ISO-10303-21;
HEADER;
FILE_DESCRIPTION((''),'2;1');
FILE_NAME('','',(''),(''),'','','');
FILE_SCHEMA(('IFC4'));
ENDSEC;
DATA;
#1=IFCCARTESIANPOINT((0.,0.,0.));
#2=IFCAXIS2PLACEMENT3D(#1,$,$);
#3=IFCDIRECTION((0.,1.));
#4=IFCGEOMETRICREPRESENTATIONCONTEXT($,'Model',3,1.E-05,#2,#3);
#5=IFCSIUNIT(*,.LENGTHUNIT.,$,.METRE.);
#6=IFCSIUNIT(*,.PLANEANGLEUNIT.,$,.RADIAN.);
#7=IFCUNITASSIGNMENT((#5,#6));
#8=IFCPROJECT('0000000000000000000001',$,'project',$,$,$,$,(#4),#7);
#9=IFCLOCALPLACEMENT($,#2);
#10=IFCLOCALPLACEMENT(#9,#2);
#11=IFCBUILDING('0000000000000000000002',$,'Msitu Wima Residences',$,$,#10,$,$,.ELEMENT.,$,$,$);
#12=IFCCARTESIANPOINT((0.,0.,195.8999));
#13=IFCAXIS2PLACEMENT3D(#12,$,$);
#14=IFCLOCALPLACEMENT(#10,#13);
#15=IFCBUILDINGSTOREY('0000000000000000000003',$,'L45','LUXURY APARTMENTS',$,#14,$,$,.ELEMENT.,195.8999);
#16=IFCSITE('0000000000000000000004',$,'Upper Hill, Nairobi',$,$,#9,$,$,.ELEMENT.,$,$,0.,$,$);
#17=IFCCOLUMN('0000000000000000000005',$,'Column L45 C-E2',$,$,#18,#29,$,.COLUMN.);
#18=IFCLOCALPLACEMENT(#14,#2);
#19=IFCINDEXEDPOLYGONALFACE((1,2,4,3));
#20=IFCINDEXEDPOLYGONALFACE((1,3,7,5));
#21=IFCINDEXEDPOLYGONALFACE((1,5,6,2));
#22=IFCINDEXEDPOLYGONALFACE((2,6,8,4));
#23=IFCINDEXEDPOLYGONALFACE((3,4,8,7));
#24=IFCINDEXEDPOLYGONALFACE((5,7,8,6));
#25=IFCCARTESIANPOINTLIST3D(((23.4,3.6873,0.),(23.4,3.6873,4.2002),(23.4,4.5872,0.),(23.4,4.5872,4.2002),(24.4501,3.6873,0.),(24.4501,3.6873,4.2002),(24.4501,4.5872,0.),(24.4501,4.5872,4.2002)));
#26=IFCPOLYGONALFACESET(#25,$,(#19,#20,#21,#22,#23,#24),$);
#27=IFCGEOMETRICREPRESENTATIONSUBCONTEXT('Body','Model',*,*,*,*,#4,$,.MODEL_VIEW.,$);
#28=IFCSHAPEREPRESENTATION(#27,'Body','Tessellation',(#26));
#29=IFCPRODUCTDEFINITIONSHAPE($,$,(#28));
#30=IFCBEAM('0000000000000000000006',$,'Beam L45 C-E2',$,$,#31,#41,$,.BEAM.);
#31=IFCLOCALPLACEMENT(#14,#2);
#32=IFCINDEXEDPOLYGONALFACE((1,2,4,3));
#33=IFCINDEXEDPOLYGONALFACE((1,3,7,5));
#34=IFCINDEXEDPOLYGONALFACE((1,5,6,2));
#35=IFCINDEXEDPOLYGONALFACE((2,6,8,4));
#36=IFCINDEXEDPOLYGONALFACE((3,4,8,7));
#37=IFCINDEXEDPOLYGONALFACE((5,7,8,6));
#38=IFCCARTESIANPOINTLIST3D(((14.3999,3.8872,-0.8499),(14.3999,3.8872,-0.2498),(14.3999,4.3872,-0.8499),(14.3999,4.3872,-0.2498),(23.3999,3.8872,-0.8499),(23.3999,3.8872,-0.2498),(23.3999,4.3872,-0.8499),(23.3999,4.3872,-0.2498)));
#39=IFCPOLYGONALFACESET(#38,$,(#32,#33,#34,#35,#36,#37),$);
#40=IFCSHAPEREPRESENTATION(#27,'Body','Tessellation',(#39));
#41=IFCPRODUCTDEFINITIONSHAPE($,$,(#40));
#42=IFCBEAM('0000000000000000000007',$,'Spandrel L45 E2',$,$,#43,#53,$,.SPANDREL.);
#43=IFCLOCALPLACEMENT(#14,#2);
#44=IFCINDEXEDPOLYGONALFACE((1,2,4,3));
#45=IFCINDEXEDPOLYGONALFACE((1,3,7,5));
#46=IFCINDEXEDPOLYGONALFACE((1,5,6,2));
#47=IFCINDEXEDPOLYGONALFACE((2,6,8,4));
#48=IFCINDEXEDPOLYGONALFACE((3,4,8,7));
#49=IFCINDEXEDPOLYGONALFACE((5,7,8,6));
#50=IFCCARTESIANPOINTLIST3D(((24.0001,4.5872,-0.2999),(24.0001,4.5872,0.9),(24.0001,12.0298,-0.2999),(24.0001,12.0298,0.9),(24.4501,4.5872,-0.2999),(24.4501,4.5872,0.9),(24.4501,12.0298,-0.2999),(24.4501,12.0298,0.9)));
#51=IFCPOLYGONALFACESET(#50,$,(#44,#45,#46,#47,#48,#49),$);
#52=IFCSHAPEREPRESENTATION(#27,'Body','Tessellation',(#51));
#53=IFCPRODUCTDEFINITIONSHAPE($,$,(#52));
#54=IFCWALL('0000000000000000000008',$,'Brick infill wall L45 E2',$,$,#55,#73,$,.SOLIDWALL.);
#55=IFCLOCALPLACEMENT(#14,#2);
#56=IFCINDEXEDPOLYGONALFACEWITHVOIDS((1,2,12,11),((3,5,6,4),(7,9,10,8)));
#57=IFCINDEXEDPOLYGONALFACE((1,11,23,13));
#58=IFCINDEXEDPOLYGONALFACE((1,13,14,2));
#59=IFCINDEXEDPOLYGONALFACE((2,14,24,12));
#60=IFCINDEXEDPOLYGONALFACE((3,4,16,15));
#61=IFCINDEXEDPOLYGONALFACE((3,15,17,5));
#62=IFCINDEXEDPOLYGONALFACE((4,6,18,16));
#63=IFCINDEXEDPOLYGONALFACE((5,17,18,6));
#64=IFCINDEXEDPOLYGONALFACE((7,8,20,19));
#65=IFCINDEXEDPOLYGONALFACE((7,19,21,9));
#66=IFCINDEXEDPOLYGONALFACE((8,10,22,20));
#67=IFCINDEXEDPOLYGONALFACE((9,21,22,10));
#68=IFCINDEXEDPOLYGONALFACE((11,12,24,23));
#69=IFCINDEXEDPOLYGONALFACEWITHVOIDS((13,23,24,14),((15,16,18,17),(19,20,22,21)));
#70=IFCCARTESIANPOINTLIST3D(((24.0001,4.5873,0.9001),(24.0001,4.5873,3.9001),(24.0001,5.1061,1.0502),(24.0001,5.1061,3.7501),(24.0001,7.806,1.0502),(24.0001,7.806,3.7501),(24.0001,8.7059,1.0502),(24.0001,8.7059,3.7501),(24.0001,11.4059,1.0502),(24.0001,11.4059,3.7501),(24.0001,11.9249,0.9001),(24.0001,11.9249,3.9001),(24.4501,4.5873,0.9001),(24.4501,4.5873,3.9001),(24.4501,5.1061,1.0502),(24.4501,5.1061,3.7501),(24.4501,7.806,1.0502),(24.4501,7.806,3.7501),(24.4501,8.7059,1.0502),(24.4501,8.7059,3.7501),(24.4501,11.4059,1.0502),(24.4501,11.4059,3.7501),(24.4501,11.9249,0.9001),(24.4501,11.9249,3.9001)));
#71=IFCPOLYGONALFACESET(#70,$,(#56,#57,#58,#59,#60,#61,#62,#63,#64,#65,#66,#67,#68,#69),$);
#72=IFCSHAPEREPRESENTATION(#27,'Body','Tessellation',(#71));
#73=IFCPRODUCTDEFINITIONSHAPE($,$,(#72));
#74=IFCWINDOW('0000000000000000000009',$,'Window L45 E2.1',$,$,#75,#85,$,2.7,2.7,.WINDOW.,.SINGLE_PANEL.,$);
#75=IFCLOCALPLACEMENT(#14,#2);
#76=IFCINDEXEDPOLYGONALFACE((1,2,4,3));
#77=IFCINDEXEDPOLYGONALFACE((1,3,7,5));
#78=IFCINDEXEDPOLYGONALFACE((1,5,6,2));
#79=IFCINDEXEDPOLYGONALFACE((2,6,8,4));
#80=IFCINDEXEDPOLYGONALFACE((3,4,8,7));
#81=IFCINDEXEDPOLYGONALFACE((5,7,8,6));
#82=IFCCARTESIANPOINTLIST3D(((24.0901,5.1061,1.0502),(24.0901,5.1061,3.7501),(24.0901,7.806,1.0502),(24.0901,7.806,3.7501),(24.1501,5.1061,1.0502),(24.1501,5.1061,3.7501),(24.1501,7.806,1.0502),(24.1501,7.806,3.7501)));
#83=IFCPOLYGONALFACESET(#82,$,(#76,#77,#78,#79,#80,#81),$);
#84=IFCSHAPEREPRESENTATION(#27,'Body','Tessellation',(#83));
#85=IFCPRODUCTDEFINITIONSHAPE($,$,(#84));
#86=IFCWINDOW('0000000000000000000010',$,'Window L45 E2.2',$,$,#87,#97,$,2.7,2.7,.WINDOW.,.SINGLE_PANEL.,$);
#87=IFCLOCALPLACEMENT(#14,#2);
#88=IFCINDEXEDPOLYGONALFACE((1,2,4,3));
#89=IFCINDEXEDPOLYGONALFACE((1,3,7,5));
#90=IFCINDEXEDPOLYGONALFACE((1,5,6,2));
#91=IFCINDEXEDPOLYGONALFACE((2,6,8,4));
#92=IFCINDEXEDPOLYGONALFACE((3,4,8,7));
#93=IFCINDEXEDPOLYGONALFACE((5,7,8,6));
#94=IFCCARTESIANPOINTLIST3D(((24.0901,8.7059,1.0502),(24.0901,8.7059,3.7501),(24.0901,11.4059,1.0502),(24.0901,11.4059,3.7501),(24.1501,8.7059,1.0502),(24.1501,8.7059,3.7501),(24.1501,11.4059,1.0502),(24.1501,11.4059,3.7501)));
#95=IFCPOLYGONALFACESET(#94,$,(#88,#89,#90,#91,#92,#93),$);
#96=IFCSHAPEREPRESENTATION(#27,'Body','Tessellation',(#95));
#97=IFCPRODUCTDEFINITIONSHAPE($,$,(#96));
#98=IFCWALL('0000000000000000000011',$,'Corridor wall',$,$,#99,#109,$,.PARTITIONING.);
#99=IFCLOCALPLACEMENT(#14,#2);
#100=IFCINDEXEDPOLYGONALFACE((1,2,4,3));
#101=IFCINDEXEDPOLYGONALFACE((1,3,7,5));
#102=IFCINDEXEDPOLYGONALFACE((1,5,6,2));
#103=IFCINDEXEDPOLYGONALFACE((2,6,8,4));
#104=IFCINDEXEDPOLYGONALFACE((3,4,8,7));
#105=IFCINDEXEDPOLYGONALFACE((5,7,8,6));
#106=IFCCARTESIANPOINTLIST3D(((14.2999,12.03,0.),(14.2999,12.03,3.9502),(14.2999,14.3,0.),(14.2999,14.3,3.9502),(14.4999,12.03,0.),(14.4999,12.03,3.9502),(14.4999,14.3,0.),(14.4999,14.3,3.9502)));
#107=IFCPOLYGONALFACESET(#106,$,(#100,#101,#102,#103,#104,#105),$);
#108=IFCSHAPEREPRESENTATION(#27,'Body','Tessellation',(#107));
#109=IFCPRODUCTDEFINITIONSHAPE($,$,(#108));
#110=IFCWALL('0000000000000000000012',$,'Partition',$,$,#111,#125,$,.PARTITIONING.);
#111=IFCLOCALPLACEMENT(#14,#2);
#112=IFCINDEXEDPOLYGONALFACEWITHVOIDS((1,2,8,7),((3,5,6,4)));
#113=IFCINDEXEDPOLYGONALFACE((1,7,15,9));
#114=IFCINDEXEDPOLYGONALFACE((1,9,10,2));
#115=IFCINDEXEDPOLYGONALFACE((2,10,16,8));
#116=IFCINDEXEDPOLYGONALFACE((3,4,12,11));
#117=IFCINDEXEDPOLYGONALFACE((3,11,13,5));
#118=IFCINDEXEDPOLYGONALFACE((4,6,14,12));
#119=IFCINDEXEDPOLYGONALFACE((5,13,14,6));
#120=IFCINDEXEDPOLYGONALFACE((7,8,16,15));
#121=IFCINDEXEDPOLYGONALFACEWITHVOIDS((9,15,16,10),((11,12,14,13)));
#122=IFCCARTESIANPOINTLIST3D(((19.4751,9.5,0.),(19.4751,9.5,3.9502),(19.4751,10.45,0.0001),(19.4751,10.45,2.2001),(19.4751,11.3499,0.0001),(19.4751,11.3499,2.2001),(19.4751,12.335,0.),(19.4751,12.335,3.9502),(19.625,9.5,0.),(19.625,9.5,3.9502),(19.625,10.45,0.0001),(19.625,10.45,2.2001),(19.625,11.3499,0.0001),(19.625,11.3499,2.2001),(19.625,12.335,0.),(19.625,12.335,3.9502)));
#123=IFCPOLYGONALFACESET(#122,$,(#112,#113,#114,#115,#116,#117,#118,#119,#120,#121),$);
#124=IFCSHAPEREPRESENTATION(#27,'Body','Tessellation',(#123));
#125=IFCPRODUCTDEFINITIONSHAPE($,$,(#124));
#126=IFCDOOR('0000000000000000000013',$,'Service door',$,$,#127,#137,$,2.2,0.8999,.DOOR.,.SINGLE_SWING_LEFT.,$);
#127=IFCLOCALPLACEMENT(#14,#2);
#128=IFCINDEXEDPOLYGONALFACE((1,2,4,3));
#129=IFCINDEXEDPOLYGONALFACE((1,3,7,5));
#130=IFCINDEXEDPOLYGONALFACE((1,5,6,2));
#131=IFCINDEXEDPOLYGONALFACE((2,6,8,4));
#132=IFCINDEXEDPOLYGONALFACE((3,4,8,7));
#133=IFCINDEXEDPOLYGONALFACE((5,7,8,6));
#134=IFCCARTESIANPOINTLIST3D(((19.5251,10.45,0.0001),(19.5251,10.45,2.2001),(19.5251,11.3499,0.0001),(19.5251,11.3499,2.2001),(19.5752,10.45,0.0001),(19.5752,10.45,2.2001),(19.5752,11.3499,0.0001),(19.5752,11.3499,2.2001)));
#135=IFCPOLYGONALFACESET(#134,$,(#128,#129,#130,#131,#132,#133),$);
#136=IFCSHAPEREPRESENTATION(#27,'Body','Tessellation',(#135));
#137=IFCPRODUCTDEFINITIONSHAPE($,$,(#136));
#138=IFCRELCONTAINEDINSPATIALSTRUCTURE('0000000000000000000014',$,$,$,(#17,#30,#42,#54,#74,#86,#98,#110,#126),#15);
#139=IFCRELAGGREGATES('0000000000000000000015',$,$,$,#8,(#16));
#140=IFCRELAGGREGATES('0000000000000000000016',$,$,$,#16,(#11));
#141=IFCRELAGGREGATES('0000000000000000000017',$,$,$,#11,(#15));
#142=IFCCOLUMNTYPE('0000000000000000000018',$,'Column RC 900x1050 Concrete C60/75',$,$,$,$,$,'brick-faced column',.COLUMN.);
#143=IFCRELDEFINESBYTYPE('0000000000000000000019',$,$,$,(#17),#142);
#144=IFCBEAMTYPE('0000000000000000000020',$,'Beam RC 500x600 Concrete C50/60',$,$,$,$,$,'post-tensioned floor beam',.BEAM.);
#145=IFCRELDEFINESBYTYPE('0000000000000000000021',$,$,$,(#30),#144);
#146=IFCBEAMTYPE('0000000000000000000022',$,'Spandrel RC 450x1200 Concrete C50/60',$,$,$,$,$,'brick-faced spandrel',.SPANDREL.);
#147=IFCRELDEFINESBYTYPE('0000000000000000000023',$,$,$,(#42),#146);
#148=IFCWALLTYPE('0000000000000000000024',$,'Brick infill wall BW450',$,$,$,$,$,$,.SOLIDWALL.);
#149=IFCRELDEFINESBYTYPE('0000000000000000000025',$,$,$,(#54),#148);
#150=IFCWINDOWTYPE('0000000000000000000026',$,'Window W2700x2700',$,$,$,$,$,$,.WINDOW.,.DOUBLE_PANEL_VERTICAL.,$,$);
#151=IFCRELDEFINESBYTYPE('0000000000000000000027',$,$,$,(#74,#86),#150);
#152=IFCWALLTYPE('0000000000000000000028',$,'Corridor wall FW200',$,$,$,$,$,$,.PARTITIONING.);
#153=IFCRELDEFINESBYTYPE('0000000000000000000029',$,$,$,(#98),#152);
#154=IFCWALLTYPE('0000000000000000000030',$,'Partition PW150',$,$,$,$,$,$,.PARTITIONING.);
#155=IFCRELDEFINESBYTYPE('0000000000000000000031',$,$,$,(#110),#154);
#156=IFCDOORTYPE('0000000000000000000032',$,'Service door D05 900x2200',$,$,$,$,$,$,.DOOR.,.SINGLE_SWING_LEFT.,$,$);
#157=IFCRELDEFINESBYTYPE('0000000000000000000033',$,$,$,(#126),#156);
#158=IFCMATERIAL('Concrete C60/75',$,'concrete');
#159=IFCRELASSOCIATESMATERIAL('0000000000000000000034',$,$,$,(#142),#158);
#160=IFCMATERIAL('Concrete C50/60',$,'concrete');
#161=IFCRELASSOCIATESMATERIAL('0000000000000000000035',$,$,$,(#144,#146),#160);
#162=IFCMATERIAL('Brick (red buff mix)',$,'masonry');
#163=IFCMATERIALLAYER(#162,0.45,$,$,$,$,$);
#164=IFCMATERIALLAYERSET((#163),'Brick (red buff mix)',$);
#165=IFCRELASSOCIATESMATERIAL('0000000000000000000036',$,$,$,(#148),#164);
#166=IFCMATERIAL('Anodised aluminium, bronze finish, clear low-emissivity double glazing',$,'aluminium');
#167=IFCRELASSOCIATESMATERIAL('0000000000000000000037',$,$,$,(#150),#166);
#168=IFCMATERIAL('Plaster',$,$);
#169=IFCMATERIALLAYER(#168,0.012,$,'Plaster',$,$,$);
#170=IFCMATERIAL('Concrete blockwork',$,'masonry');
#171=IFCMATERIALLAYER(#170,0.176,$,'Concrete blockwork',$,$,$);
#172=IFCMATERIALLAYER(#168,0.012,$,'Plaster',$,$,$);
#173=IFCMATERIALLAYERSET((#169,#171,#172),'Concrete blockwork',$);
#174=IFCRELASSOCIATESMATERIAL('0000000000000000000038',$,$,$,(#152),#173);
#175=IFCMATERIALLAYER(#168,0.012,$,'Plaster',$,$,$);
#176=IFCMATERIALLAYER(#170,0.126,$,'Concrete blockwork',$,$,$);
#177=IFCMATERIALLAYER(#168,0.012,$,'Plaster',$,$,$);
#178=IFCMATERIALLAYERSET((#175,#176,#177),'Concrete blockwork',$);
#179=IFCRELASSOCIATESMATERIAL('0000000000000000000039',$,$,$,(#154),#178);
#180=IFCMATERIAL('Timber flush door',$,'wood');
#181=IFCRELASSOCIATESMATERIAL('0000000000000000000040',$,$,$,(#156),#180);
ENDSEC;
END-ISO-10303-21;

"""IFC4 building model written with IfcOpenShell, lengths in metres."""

from ifc_helpers import new_model, si_unit, direction, frame, frame_2d, origin, origin_2d, place, context, subcontext, project, spatial, rectangle, extrude, material, layer, layer_set, material_profile, profile_set, type_object, element, fill, save


model = new_model("IFC4")

# Units and contexts
model_context = context("Model", 3, precision=1e-05, world=origin(), true_north=direction((0.0, 1.0)))
body_context = subcontext(model_context, "Body", "Model", "MODEL_VIEW")
ifc_project = project(units=[si_unit("LENGTHUNIT", "METRE"), si_unit("PLANEANGLEUNIT", "RADIAN")], contexts=[model_context])

# Site, building, storey
site_placement = place(None, origin())
site = spatial("IfcSite", under=ifc_project, at=site_placement, Name="Upper Hill, Nairobi", CompositionType="ELEMENT", RefElevation=0.0)
building_placement = place(site_placement, origin())
building = spatial("IfcBuilding", under=site, at=building_placement, Name="Msitu Wima Residences", CompositionType="ELEMENT")
storey_placement = place(building_placement, frame((0.0, 0.0, 195.8999)))
storey = spatial("IfcBuildingStorey", under=building, at=storey_placement, Name="L45", Description="LUXURY APARTMENTS", CompositionType="ELEMENT", Elevation=195.8999)

# Column
ifc_material_1 = material(Name="Concrete C60/75", Category="concrete")
ifc_material_profile_1 = material_profile(ifc_material_1, rectangle(XDim=0.8999, YDim=1.05, at=origin_2d()), Name="RC 900x1050")
ifc_profile_set_1 = profile_set([ifc_material_profile_1], Name="Concrete C60/75")
column_type = type_object("IfcColumnType", Name="Column RC 900x1050 Concrete C60/75", ElementType="brick-faced column", PredefinedType="COLUMN", material=ifc_profile_set_1)
column_placement = place(storey_placement, frame((23.925, 4.1372, 0.0), z_axis=(0.0, 0.0, 1.0), x_axis=(0.0, 1.0, 0.0)))
element("IfcColumn", 1, at=column_placement, inside=storey, type_object=column_type, Name="Column L45 C-E2", PredefinedType="COLUMN", context=body_context, shape_type="SweptSolid", body=[
    extrude(rectangle(XDim=0.8999, YDim=1.05, at=origin_2d()), origin(), (0.0, 0.0, 1.0), 4.2002),
])

# Beams
ifc_material_2 = material(Name="Concrete C50/60", Category="concrete")
ifc_material_profile_2 = material_profile(ifc_material_2, rectangle(XDim=0.5, YDim=0.6001, at=origin_2d()), Name="RC 500x600")
ifc_profile_set_2 = profile_set([ifc_material_profile_2], Name="Concrete C50/60")
beam_type_1 = type_object("IfcBeamType", Name="Beam RC 500x600 Concrete C50/60", ElementType="post-tensioned floor beam", PredefinedType="BEAM", material=ifc_profile_set_2)
beam_1_placement = place(storey_placement, frame((23.3999, 4.1372, -0.5498), z_axis=(-1.0, 0.0, 0.0), x_axis=(0.0, -1.0, 0.0)))
element("IfcBeam", 2, at=beam_1_placement, inside=storey, type_object=beam_type_1, Name="Beam L45 C-E2", PredefinedType="BEAM", context=body_context, shape_type="SweptSolid", body=[
    extrude(rectangle(XDim=0.5, YDim=0.6001, at=origin_2d()), origin(), (0.0, 0.0, 1.0), 9.0),
])
ifc_material_profile_3 = material_profile(ifc_material_2, rectangle(XDim=0.45, YDim=1.2, at=origin_2d()), Name="RC 450x1200")
ifc_profile_set_3 = profile_set([ifc_material_profile_3], Name="Concrete C50/60")
beam_type_2 = type_object("IfcBeamType", Name="Spandrel RC 450x1200 Concrete C50/60", ElementType="brick-faced spandrel", PredefinedType="SPANDREL", material=ifc_profile_set_3)
beam_2_placement = place(storey_placement, frame((24.2251, 4.5872, 0.3), z_axis=(0.0, 1.0, 0.0), x_axis=(-1.0, 0.0, 0.0)))
element("IfcBeam", 3, at=beam_2_placement, inside=storey, type_object=beam_type_2, Name="Spandrel L45 E2", PredefinedType="SPANDREL", context=body_context, shape_type="SweptSolid", body=[
    extrude(rectangle(XDim=0.45, YDim=1.2, at=origin_2d()), origin(), (0.0, 0.0, 1.0), 7.4426),
])

# Wall, openings, windows
ifc_material_3 = material(Name="Brick (red buff mix)", Category="masonry")
ifc_layer_1 = layer(ifc_material_3, 0.45)
ifc_layer_set_1 = layer_set([ifc_layer_1], Name="Brick (red buff mix)")
wall_type_1 = type_object("IfcWallType", Name="Brick infill wall BW450", PredefinedType="SOLIDWALL", material=ifc_layer_set_1)
wall_1_placement = place(storey_placement, frame((24.2251, 4.5872, 0.9001), z_axis=(0.0, 0.0, 1.0), x_axis=(0.0, 1.0, 0.0)))
wall_1 = element("IfcWall", 4, at=wall_1_placement, inside=storey, type_object=wall_type_1, Name="Brick infill wall L45 E2", PredefinedType="SOLIDWALL", context=body_context, shape_type="SweptSolid", body=[
    extrude(rectangle(XDim=7.3376, YDim=0.45, at=frame_2d((3.6689, 0.0))), origin(), (0.0, 0.0, 1.0), 3.0),
])
opening_1_placement = place(wall_1_placement, frame((0.5188, 0.0, 0.1499)))
opening_1 = element("IfcOpeningElement", 5, at=opening_1_placement, cuts=wall_1, PredefinedType="OPENING", context=body_context, shape_type="SweptSolid", body=[
    extrude(rectangle(XDim=2.7, YDim=2.7, at=frame_2d((1.3501, 1.3501))), frame((0.0, 0.2349, 0.0), z_axis=(0.0, -1.0, 0.0), x_axis=(1.0, 0.0, 0.0)), (0.0, 0.0, 1.0), 0.47),
])
opening_2_placement = place(wall_1_placement, frame((4.1187, 0.0, 0.1499)))
opening_2 = element("IfcOpeningElement", 6, at=opening_2_placement, cuts=wall_1, PredefinedType="OPENING", context=body_context, shape_type="SweptSolid", body=[
    extrude(rectangle(XDim=2.7, YDim=2.7, at=frame_2d((1.3501, 1.3501))), frame((0.0, 0.2349, 0.0), z_axis=(0.0, -1.0, 0.0), x_axis=(1.0, 0.0, 0.0)), (0.0, 0.0, 1.0), 0.47),
])
ifc_material_4 = material(Name="Anodised aluminium, bronze finish, clear low-emissivity double glazing", Category="aluminium")
window_type = type_object("IfcWindowType", Name="Window W2700x2700", PartitioningType="DOUBLE_PANEL_VERTICAL", PredefinedType="WINDOW", material=ifc_material_4)
window_1_placement = place(opening_1_placement, origin())
window_1 = element("IfcWindow", 7, at=window_1_placement, inside=storey, type_object=window_type, Name="Window L45 E2.1", OverallHeight=2.7, OverallWidth=2.7, PartitioningType="SINGLE_PANEL", PredefinedType="WINDOW", context=body_context, shape_type="SweptSolid", body=[
    extrude(rectangle(XDim=2.7, YDim=2.7, at=frame_2d((1.3501, 1.3501))), frame((0.0, 0.135, 0.0), z_axis=(0.0, -1.0, 0.0), x_axis=(1.0, 0.0, 0.0)), (0.0, 0.0, 1.0), 0.0601),
])
fill(opening_1, window_1)
window_2_placement = place(opening_2_placement, origin())
window_2 = element("IfcWindow", 8, at=window_2_placement, inside=storey, type_object=window_type, Name="Window L45 E2.2", OverallHeight=2.7, OverallWidth=2.7, PartitioningType="SINGLE_PANEL", PredefinedType="WINDOW", context=body_context, shape_type="SweptSolid", body=[
    extrude(rectangle(XDim=2.7, YDim=2.7, at=frame_2d((1.3501, 1.3501))), frame((0.0, 0.135, 0.0), z_axis=(0.0, -1.0, 0.0), x_axis=(1.0, 0.0, 0.0)), (0.0, 0.0, 1.0), 0.0601),
])
fill(opening_2, window_2)

# Wall
ifc_material_5 = material(Name="Plaster")
ifc_layer_2 = layer(ifc_material_5, 0.012, Name="Plaster")
ifc_material_6 = material(Name="Concrete blockwork", Category="masonry")
ifc_layer_3 = layer(ifc_material_6, 0.176, Name="Concrete blockwork")
ifc_layer_4 = layer(ifc_material_5, 0.012, Name="Plaster")
ifc_layer_set_2 = layer_set([ifc_layer_2, ifc_layer_3, ifc_layer_4], Name="Concrete blockwork")
wall_type_2 = type_object("IfcWallType", Name="Corridor wall FW200", PredefinedType="PARTITIONING", material=ifc_layer_set_2)
wall_2_placement = place(storey_placement, frame((14.3999, 12.03, 0.0), z_axis=(0.0, 0.0, 1.0), x_axis=(0.0, 1.0, 0.0)))
element("IfcWall", 9, at=wall_2_placement, inside=storey, type_object=wall_type_2, Name="Corridor wall", PredefinedType="PARTITIONING", context=body_context, shape_type="SweptSolid", body=[
    extrude(rectangle(XDim=2.27, YDim=0.2, at=frame_2d((1.135, 0.0))), origin(), (0.0, 0.0, 1.0), 3.9502),
])

# Wall, opening, door
ifc_layer_5 = layer(ifc_material_5, 0.012, Name="Plaster")
ifc_layer_6 = layer(ifc_material_6, 0.126, Name="Concrete blockwork")
ifc_layer_7 = layer(ifc_material_5, 0.012, Name="Plaster")
ifc_layer_set_3 = layer_set([ifc_layer_5, ifc_layer_6, ifc_layer_7], Name="Concrete blockwork")
wall_type_3 = type_object("IfcWallType", Name="Partition PW150", PredefinedType="PARTITIONING", material=ifc_layer_set_3)
wall_3_placement = place(storey_placement, frame((19.55, 9.5, 0.0), z_axis=(0.0, 0.0, 1.0), x_axis=(0.0, 1.0, 0.0)))
wall_3 = element("IfcWall", 10, at=wall_3_placement, inside=storey, type_object=wall_type_3, Name="Partition", PredefinedType="PARTITIONING", context=body_context, shape_type="SweptSolid", body=[
    extrude(rectangle(XDim=2.835, YDim=0.1499, at=frame_2d((1.4175, 0.0))), origin(), (0.0, 0.0, 1.0), 3.9502),
])
opening_3_placement = place(wall_3_placement, frame((0.95, 0.0, 0.0)))
opening_3 = element("IfcOpeningElement", 11, at=opening_3_placement, cuts=wall_3, PredefinedType="OPENING", context=body_context, shape_type="SweptSolid", body=[
    extrude(rectangle(XDim=0.8999, YDim=2.2, at=frame_2d((0.45, 1.1001))), frame((0.0, 0.085, 0.0), z_axis=(0.0, -1.0, 0.0), x_axis=(1.0, 0.0, 0.0)), (0.0, 0.0, 1.0), 0.1699),
])
ifc_material_7 = material(Name="Timber flush door", Category="wood")
door_type_1 = type_object("IfcDoorType", Name="Service door D05 900x2200", OperationType="SINGLE_SWING_LEFT", PredefinedType="DOOR", material=ifc_material_7)
door_1_placement = place(opening_3_placement, origin())
door_1 = element("IfcDoor", 12, at=door_1_placement, inside=storey, type_object=door_type_1, Name="Service door", OperationType="SINGLE_SWING_LEFT", OverallHeight=2.2, OverallWidth=0.8999, PredefinedType="DOOR", context=body_context, shape_type="SweptSolid", body=[
    extrude(rectangle(XDim=0.8999, YDim=2.2, at=frame_2d((0.45, 1.1001))), frame((0.0, 0.0249, 0.0), z_axis=(0.0, -1.0, 0.0), x_axis=(1.0, 0.0, 0.0)), (0.0, 0.0, 1.0), 0.05),
])
fill(opening_3, door_1)

save(model, "model.ifc")
